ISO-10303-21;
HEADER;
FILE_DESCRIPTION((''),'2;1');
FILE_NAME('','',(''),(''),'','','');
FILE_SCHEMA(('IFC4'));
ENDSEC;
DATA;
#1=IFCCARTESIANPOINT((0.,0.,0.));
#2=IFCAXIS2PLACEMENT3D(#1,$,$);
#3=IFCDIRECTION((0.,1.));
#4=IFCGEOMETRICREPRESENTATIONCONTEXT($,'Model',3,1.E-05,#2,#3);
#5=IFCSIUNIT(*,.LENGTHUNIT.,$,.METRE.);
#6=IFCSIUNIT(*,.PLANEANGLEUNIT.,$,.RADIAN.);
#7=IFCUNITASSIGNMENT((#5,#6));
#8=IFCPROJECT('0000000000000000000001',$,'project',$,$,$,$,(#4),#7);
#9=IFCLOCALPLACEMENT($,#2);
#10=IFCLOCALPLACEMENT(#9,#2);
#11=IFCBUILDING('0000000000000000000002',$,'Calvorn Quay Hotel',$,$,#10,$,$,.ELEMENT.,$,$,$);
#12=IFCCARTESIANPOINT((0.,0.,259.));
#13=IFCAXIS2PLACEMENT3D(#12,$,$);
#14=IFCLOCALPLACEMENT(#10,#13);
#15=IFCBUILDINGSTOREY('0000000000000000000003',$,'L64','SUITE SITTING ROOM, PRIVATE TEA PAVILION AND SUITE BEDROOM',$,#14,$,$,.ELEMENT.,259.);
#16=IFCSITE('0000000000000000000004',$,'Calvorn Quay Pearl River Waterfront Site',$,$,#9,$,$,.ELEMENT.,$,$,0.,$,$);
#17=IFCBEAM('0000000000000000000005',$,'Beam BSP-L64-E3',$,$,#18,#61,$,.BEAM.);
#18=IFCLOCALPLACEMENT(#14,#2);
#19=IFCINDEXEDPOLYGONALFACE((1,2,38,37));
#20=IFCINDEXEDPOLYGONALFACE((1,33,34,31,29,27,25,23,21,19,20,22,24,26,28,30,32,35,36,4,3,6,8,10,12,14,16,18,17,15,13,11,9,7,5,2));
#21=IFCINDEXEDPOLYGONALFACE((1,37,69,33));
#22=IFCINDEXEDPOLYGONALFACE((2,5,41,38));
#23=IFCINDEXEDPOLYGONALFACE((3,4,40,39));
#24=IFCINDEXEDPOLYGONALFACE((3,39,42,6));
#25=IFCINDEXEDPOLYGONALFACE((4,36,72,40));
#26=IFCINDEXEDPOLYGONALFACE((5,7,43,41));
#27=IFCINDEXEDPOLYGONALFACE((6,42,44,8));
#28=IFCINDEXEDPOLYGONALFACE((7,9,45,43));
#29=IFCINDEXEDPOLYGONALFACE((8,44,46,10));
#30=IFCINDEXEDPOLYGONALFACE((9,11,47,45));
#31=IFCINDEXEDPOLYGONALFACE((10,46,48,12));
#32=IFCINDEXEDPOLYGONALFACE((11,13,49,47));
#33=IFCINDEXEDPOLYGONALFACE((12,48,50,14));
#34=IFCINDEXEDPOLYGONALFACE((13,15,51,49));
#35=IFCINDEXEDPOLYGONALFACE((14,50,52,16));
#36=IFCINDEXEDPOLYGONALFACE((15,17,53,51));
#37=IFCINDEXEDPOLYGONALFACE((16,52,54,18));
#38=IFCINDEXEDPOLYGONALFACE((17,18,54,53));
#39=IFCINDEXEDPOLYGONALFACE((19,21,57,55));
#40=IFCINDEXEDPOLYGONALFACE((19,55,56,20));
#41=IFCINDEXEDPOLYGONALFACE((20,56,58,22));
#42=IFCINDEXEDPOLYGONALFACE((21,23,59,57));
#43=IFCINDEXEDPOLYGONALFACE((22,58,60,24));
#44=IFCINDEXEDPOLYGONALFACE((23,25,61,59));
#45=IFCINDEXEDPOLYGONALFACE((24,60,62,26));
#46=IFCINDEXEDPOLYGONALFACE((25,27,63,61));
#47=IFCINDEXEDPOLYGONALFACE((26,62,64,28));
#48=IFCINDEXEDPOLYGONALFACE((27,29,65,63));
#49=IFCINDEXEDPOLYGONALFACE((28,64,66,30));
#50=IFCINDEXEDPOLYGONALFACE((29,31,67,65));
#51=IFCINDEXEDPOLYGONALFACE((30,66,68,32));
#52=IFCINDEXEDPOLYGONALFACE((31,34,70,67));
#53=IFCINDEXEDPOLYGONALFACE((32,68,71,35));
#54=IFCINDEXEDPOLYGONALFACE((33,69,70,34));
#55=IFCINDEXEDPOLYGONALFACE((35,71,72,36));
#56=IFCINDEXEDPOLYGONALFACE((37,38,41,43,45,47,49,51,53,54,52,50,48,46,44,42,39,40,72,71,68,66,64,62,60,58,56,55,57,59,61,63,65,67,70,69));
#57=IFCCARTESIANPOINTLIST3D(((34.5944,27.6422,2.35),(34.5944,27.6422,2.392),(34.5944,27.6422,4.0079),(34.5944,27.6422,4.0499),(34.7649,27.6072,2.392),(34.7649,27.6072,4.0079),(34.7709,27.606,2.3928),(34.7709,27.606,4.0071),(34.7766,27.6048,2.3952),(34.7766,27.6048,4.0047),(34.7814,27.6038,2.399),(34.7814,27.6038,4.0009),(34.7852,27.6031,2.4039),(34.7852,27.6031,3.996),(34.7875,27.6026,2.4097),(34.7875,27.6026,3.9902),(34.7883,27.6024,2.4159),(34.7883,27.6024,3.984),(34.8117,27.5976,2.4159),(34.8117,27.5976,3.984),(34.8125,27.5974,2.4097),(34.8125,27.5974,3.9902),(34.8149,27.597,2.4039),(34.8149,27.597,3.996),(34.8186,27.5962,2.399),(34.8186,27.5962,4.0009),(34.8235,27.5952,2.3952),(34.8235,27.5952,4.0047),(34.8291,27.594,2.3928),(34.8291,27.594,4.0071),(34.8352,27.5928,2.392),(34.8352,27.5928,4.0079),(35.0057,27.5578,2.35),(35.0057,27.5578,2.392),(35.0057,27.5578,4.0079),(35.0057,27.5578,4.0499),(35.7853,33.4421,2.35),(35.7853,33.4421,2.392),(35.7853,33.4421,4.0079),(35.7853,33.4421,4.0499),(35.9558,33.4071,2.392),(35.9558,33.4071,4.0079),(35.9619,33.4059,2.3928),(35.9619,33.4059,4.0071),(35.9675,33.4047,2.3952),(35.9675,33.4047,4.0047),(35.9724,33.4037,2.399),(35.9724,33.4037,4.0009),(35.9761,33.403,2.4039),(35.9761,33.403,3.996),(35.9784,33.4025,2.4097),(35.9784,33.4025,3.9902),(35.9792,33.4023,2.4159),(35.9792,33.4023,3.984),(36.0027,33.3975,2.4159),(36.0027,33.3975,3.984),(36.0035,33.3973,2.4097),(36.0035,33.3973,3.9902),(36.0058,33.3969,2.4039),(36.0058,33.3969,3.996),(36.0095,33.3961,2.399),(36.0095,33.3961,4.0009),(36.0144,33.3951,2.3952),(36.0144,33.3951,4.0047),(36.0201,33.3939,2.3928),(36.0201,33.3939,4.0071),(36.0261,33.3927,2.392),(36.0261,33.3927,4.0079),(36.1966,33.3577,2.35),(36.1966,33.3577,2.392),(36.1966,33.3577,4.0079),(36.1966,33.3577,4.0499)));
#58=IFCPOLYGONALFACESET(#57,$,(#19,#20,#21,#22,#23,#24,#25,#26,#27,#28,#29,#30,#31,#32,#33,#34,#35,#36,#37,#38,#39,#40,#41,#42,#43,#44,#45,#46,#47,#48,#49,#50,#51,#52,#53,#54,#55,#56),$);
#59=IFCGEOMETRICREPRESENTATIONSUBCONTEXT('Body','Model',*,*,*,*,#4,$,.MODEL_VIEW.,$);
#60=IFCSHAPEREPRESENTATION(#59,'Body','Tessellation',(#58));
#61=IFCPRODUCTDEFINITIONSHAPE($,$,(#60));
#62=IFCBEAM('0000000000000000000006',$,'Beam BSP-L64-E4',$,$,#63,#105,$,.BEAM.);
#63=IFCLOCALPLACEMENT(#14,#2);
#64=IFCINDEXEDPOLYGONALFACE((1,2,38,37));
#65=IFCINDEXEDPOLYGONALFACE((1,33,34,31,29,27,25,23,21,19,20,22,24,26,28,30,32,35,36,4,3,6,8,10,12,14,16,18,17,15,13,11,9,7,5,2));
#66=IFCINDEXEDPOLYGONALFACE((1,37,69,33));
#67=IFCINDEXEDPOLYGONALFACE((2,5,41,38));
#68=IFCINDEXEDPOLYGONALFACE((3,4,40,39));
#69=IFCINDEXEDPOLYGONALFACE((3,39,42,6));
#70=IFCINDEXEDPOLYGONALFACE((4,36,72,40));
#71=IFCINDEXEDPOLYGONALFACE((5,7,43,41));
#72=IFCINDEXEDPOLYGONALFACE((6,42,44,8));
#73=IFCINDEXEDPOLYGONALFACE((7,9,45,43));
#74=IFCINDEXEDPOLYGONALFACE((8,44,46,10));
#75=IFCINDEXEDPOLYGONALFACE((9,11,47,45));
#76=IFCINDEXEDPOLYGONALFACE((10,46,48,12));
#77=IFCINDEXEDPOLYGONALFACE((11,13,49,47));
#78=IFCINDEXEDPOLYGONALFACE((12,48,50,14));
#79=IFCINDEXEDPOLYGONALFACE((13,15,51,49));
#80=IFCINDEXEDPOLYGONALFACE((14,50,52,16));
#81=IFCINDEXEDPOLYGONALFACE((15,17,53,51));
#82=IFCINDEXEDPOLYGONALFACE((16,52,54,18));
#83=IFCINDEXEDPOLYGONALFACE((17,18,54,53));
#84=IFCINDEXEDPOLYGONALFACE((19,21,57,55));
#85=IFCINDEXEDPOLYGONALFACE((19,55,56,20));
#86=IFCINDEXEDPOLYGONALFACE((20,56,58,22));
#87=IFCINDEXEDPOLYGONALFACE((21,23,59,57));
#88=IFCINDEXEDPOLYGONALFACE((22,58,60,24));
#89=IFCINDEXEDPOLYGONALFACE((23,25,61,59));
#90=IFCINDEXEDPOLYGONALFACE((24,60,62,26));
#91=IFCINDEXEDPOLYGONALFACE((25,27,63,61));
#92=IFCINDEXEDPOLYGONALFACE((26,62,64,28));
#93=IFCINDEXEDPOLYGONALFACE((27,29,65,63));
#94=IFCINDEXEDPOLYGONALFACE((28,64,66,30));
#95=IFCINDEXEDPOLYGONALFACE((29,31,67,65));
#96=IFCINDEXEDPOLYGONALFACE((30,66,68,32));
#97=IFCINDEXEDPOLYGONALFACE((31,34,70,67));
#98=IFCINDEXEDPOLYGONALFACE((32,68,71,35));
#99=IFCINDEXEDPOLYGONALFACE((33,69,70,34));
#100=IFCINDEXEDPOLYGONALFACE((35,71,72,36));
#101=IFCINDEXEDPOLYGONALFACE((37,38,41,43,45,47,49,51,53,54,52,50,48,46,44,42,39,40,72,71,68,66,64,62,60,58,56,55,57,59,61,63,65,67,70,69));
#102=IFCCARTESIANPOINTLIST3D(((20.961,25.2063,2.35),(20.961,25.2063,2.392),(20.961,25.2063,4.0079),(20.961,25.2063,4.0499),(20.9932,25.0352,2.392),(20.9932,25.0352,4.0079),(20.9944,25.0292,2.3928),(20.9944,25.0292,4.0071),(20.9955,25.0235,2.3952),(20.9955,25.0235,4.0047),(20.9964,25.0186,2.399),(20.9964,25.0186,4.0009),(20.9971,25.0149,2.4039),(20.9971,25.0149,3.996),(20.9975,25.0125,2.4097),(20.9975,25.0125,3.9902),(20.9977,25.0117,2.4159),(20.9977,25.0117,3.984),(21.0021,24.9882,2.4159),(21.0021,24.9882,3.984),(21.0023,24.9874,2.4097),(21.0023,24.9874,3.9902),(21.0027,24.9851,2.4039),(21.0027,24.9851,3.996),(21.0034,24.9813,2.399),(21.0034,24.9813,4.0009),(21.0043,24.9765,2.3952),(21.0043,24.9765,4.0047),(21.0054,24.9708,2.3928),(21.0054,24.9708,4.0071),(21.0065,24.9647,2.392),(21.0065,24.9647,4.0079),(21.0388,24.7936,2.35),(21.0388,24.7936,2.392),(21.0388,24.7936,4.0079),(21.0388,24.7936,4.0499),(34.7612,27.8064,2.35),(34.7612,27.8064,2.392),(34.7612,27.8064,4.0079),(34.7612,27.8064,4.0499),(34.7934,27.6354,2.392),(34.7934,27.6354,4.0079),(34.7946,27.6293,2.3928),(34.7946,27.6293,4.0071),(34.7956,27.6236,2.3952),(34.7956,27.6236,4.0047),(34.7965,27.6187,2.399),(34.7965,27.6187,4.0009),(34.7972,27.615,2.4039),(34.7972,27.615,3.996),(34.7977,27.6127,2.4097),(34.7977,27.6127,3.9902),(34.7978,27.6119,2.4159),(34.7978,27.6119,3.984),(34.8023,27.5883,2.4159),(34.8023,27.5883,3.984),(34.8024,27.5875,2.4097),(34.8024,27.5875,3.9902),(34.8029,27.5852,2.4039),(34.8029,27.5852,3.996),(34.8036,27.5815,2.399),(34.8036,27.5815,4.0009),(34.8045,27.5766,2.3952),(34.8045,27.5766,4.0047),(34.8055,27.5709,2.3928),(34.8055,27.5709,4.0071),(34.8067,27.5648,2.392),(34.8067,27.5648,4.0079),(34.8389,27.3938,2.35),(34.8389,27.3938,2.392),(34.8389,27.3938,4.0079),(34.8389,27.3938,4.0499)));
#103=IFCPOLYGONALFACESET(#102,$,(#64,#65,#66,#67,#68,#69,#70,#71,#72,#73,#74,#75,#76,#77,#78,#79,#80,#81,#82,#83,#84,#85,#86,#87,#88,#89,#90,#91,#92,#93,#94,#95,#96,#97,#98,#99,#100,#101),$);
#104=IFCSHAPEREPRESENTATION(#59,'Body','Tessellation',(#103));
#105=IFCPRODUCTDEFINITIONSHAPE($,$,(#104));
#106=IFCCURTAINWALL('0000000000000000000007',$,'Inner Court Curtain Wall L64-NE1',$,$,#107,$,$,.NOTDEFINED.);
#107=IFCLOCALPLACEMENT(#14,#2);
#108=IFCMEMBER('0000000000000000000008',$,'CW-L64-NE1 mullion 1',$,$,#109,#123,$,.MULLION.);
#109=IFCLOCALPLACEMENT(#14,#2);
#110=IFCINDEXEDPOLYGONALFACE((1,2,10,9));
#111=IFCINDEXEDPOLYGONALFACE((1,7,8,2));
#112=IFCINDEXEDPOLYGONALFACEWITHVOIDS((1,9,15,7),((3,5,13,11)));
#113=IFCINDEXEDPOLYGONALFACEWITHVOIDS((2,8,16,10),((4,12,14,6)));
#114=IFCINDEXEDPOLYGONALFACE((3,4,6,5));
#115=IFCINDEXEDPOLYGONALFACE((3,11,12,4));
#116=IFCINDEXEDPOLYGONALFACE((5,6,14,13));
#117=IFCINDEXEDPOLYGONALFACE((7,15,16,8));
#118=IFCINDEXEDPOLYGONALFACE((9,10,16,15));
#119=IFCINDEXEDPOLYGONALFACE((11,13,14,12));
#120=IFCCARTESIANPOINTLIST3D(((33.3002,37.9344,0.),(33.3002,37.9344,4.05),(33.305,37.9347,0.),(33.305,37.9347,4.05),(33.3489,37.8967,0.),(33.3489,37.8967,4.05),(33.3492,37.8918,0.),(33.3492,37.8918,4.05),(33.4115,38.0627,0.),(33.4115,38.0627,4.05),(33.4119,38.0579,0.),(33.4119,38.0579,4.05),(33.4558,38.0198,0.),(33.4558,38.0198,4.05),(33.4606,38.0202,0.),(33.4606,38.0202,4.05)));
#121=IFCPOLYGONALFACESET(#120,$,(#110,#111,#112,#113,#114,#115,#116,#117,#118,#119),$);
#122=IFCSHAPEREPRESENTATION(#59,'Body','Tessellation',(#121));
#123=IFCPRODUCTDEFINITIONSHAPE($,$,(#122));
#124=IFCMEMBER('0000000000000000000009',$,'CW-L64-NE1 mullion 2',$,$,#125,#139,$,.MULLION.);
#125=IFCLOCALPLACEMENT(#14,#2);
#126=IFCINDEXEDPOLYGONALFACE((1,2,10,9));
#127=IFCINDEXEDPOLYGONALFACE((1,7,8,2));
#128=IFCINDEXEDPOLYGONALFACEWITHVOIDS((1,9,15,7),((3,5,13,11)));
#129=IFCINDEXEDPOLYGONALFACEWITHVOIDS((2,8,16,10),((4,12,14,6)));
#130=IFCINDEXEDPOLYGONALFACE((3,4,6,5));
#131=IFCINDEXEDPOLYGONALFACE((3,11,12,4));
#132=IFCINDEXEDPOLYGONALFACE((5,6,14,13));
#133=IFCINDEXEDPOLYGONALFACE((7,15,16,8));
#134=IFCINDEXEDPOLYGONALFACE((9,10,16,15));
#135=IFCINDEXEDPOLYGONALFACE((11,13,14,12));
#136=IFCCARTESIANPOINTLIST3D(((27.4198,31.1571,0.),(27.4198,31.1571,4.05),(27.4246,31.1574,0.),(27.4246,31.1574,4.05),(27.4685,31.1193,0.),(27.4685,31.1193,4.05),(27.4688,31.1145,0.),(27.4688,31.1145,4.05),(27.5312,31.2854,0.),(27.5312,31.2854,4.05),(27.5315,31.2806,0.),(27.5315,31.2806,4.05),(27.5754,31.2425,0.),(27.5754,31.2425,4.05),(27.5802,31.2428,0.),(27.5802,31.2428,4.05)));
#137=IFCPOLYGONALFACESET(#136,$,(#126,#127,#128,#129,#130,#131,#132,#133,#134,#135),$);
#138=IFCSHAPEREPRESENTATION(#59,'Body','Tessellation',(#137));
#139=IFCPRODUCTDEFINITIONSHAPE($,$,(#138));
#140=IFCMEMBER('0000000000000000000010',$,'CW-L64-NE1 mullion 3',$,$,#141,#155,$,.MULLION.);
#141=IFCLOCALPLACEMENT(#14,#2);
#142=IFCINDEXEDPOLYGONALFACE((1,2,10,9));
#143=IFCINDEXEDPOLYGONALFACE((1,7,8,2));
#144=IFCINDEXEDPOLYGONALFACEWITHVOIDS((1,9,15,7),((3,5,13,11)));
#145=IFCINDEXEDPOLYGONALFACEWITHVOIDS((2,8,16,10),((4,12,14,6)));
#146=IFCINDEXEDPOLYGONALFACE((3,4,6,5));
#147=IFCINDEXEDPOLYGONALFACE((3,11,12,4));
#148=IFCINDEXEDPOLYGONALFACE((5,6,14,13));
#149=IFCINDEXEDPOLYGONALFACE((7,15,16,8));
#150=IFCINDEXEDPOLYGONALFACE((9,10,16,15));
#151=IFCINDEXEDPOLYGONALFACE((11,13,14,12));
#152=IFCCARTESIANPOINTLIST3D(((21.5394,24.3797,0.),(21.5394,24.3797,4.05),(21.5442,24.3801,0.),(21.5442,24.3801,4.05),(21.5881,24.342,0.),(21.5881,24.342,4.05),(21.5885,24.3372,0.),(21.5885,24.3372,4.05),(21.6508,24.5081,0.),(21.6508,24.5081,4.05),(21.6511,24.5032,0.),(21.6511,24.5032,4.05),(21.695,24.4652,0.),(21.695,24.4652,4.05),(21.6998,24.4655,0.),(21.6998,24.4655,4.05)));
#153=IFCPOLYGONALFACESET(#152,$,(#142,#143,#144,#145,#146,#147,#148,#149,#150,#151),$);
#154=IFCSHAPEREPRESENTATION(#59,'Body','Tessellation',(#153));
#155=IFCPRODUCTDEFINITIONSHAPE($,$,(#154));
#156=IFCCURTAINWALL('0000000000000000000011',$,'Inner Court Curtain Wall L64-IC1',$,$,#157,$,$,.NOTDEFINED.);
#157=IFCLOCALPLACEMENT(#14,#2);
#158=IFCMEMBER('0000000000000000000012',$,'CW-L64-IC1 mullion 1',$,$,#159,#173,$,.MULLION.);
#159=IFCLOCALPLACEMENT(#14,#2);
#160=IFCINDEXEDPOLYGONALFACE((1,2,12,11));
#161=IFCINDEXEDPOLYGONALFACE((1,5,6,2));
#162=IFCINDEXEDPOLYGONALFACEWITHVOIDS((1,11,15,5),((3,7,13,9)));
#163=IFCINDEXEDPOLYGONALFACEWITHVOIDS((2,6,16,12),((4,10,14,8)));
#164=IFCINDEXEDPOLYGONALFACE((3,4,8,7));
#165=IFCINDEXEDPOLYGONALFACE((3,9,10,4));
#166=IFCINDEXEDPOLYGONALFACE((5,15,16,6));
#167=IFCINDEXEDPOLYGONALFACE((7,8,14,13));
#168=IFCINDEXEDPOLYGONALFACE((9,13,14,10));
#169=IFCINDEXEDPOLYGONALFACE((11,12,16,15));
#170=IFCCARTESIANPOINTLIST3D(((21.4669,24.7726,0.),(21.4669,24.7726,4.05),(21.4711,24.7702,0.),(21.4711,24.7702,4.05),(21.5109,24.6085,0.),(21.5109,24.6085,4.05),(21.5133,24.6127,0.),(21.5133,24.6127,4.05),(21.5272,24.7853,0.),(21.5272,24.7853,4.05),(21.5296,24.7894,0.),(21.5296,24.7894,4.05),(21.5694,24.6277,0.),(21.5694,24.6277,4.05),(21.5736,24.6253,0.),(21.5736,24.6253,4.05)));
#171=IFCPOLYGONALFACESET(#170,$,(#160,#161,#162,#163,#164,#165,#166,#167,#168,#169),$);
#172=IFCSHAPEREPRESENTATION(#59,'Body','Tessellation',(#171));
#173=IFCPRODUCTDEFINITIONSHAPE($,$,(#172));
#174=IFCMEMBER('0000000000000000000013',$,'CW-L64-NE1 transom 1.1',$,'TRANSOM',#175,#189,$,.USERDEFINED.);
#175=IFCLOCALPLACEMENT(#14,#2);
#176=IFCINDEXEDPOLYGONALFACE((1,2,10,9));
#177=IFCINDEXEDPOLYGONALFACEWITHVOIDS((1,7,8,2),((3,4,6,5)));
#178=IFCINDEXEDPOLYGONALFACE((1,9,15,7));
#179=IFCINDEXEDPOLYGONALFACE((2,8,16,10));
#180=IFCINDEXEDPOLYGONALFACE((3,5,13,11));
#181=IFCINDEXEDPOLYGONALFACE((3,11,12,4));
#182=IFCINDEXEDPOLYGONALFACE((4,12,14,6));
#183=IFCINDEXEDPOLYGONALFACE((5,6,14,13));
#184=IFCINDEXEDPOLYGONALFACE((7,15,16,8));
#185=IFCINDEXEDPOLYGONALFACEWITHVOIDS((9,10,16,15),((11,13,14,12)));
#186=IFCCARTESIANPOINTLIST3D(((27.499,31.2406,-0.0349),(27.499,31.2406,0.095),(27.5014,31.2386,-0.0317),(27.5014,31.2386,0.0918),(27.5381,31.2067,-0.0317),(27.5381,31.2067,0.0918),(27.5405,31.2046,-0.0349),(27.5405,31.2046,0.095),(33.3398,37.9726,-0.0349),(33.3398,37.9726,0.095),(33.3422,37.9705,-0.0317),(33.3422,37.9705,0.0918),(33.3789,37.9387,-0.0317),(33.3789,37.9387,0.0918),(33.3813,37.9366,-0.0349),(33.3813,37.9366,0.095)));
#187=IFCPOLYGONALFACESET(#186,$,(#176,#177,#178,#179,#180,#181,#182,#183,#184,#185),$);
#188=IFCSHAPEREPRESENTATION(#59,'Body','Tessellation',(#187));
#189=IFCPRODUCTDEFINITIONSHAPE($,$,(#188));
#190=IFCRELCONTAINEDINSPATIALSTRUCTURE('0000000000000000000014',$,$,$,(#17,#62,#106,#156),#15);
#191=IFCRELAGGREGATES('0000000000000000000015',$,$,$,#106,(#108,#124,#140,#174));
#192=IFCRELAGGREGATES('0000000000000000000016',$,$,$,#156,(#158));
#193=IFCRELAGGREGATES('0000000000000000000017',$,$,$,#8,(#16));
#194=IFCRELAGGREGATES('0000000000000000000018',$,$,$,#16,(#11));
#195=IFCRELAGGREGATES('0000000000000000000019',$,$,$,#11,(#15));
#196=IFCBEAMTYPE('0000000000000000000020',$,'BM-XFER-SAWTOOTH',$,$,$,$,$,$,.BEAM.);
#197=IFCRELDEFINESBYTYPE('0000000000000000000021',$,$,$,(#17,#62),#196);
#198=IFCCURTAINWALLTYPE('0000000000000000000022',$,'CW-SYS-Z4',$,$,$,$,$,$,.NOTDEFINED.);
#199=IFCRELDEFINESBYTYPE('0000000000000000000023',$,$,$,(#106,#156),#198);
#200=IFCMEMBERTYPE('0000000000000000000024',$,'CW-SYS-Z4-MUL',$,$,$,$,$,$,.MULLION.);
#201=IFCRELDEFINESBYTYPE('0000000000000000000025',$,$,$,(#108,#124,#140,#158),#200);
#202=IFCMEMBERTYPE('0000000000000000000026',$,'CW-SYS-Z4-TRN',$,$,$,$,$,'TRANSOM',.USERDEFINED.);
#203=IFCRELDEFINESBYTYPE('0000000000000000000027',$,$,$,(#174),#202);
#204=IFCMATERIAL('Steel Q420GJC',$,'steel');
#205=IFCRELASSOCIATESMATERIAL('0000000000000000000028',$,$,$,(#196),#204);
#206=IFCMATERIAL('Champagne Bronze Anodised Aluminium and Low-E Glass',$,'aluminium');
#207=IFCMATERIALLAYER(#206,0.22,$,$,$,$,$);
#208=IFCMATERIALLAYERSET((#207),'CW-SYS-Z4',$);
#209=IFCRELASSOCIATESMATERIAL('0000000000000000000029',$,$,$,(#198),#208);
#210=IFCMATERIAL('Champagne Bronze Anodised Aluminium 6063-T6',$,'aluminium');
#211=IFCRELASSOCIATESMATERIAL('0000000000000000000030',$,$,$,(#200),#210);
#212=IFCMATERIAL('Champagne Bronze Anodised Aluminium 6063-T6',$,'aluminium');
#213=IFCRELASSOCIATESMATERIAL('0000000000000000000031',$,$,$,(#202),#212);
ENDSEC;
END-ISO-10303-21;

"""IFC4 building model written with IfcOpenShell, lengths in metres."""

from ifc_helpers import new_model, si_unit, direction, frame, origin, origin_2d, place, context, subcontext, project, spatial, hollow_rectangle, i_section, extrude, material, layer, layer_set, material_profile, profile_set, type_object, element, aggregate, save


model = new_model("IFC4")

# Units and contexts
model_context = context("Model", 3, precision=1e-05, world=origin(), true_north=direction((0.0, 1.0)))
body_context = subcontext(model_context, "Body", "Model", "MODEL_VIEW")
ifc_project = project(units=[si_unit("LENGTHUNIT", "METRE"), si_unit("PLANEANGLEUNIT", "RADIAN")], contexts=[model_context])

# Site, building, storey
site_placement = place(None, origin())
site = spatial("IfcSite", under=ifc_project, at=site_placement, Name="Calvorn Quay Pearl River Waterfront Site", CompositionType="ELEMENT", RefElevation=0.0)
building_placement = place(site_placement, origin())
building = spatial("IfcBuilding", under=site, at=building_placement, Name="Calvorn Quay Hotel", CompositionType="ELEMENT")
storey_placement = place(building_placement, frame((0.0, 0.0, 259.0)))
storey = spatial("IfcBuildingStorey", under=building, at=storey_placement, Name="L64", Description="SUITE SITTING ROOM, PRIVATE TEA PAVILION AND SUITE BEDROOM", CompositionType="ELEMENT", Elevation=259.0)

# Beams
ifc_material_1 = material(Name="Steel Q420GJC", Category="steel")
ifc_material_profile_1 = material_profile(ifc_material_1, i_section(OverallWidth=0.4199, OverallDepth=1.7, WebThickness=0.0239, FlangeThickness=0.042, FilletRadius=0.0239, at=origin_2d()), Name="HN1700x420x24x42")
ifc_profile_set_1 = profile_set([ifc_material_profile_1], Name="Steel Q420GJC")
beam_type_1 = type_object("IfcBeamType", Name="BM-XFER-SAWTOOTH", PredefinedType="BEAM", material=ifc_profile_set_1)
beam_1_placement = place(storey_placement, frame((35.991, 33.3999, 3.2), z_axis=(-0.201141, -0.979562, 0.0), x_axis=(0.979562, -0.201141, 0.0)))
element("IfcBeam", 1, at=beam_1_placement, inside=storey, type_object=beam_type_1, Name="Beam BSP-L64-E3", PredefinedType="BEAM", context=body_context, shape_type="SweptSolid", body=[
    extrude(i_section(OverallWidth=0.4199, OverallDepth=1.7, WebThickness=0.0239, FlangeThickness=0.042, FilletRadius=0.0239, at=origin_2d()), origin(), (0.0, 0.0, 1.0), 5.9209),
])
beam_2_placement = place(storey_placement, frame((34.8, 27.6001, 3.2), z_axis=(-0.982709, -0.185154, 0.0), x_axis=(0.185154, -0.982709, 0.0)))
element("IfcBeam", 2, at=beam_2_placement, inside=storey, type_object=beam_type_1, Name="Beam BSP-L64-E4", PredefinedType="BEAM", context=body_context, shape_type="SweptSolid", body=[
    extrude(i_section(OverallWidth=0.4199, OverallDepth=1.7, WebThickness=0.0239, FlangeThickness=0.042, FilletRadius=0.0239, at=origin_2d()), origin(), (0.0, 0.0, 1.0), 14.043),
])

# Curtain wall, members
ifc_material_2 = material(Name="Champagne Bronze Anodised Aluminium and Low-E Glass", Category="aluminium")
ifc_layer_1 = layer(ifc_material_2, 0.22)
ifc_layer_set_1 = layer_set([ifc_layer_1], Name="CW-SYS-Z4")
curtain_wall_type = type_object("IfcCurtainWallType", Name="CW-SYS-Z4", PredefinedType="NOTDEFINED", material=ifc_layer_set_1)
curtain_wall_1_placement = place(storey_placement, origin())
curtain_wall_1 = element("IfcCurtainWall", 3, at=curtain_wall_1_placement, inside=storey, type_object=curtain_wall_type, Name="Inner Court Curtain Wall L64-NE1", PredefinedType="NOTDEFINED")
ifc_material_3 = material(Name="Champagne Bronze Anodised Aluminium 6063-T6", Category="aluminium")
ifc_material_profile_2 = material_profile(ifc_material_3, hollow_rectangle(XDim=0.0649, YDim=0.1699, WallThickness=0.0034, at=origin_2d()), Name="ALU-M170x65x3.5")
ifc_profile_set_2 = profile_set([ifc_material_profile_2], Name="Champagne Bronze Anodised Aluminium 6063-T6")
member_type_1 = type_object("IfcMemberType", Name="CW-SYS-Z4-MUL", PredefinedType="MULLION", material=ifc_profile_set_2)
member_1_placement = place(storey_placement, frame((33.3804, 37.9773, 0.0), z_axis=(0.0, 0.0, 1.0), x_axis=(0.755322, -0.655353, 0.0)))
member_1 = element("IfcMember", 4, at=member_1_placement, type_object=member_type_1, Name="CW-L64-NE1 mullion 1", PredefinedType="MULLION", context=body_context, shape_type="SweptSolid", body=[
    extrude(hollow_rectangle(XDim=0.0649, YDim=0.1699, WallThickness=0.0034, at=origin_2d()), origin(), (0.0, 0.0, 1.0), 4.05),
])
member_2_placement = place(storey_placement, frame((27.5, 31.2, 0.0), z_axis=(0.0, 0.0, 1.0), x_axis=(0.755322, -0.655353, 0.0)))
member_2 = element("IfcMember", 5, at=member_2_placement, type_object=member_type_1, Name="CW-L64-NE1 mullion 2", PredefinedType="MULLION", context=body_context, shape_type="SweptSolid", body=[
    extrude(hollow_rectangle(XDim=0.0649, YDim=0.1699, WallThickness=0.0034, at=origin_2d()), origin(), (0.0, 0.0, 1.0), 4.05),
])
member_3_placement = place(storey_placement, frame((21.6196, 24.4226, 0.0), z_axis=(0.0, 0.0, 1.0), x_axis=(0.755322, -0.655353, 0.0)))
member_3 = element("IfcMember", 6, at=member_3_placement, type_object=member_type_1, Name="CW-L64-NE1 mullion 3", PredefinedType="MULLION", context=body_context, shape_type="SweptSolid", body=[
    extrude(hollow_rectangle(XDim=0.0649, YDim=0.1699, WallThickness=0.0034, at=origin_2d()), origin(), (0.0, 0.0, 1.0), 4.05),
])

# Curtain wall, member
curtain_wall_2_placement = place(storey_placement, origin())
curtain_wall_2 = element("IfcCurtainWall", 7, at=curtain_wall_2_placement, inside=storey, type_object=curtain_wall_type, Name="Inner Court Curtain Wall L64-IC1", PredefinedType="NOTDEFINED")
member_4_placement = place(storey_placement, frame((21.5203, 24.699, 0.0), z_axis=(0.0, 0.0, 1.0), x_axis=(-0.965937, -0.258779, 0.0)))
member_4 = element("IfcMember", 8, at=member_4_placement, type_object=member_type_1, Name="CW-L64-IC1 mullion 1", PredefinedType="MULLION", context=body_context, shape_type="SweptSolid", body=[
    extrude(hollow_rectangle(XDim=0.0649, YDim=0.1699, WallThickness=0.0034, at=origin_2d()), origin(), (0.0, 0.0, 1.0), 4.05),
])

# Member
ifc_material_4 = material(Name="Champagne Bronze Anodised Aluminium 6063-T6", Category="aluminium")
ifc_material_profile_3 = material_profile(ifc_material_4, hollow_rectangle(XDim=0.0549, YDim=0.1299, WallThickness=0.0032, at=origin_2d()), Name="ALU-T130x55x3.2")
ifc_profile_set_3 = profile_set([ifc_material_profile_3], Name="Champagne Bronze Anodised Aluminium 6063-T6")
member_type_2 = type_object("IfcMemberType", Name="CW-SYS-Z4-TRN", ElementType="TRANSOM", PredefinedType="USERDEFINED", material=ifc_profile_set_3)
member_5_placement = place(storey_placement, frame((33.3606, 37.9546, 0.03), z_axis=(-0.655346, -0.755329, 0.0), x_axis=(0.755329, -0.655346, 0.0)))
member_5 = element("IfcMember", 9, at=member_5_placement, type_object=member_type_2, Name="CW-L64-NE1 transom 1.1", ObjectType="TRANSOM", PredefinedType="USERDEFINED", context=body_context, shape_type="SweptSolid", body=[
    extrude(hollow_rectangle(XDim=0.0549, YDim=0.1299, WallThickness=0.0032, at=origin_2d()), origin(), (0.0, 0.0, 1.0), 8.9126),
])

aggregate(curtain_wall_1, [member_1, member_2, member_3, member_5])
aggregate(curtain_wall_2, [member_4])

save(model, "model.ifc")
